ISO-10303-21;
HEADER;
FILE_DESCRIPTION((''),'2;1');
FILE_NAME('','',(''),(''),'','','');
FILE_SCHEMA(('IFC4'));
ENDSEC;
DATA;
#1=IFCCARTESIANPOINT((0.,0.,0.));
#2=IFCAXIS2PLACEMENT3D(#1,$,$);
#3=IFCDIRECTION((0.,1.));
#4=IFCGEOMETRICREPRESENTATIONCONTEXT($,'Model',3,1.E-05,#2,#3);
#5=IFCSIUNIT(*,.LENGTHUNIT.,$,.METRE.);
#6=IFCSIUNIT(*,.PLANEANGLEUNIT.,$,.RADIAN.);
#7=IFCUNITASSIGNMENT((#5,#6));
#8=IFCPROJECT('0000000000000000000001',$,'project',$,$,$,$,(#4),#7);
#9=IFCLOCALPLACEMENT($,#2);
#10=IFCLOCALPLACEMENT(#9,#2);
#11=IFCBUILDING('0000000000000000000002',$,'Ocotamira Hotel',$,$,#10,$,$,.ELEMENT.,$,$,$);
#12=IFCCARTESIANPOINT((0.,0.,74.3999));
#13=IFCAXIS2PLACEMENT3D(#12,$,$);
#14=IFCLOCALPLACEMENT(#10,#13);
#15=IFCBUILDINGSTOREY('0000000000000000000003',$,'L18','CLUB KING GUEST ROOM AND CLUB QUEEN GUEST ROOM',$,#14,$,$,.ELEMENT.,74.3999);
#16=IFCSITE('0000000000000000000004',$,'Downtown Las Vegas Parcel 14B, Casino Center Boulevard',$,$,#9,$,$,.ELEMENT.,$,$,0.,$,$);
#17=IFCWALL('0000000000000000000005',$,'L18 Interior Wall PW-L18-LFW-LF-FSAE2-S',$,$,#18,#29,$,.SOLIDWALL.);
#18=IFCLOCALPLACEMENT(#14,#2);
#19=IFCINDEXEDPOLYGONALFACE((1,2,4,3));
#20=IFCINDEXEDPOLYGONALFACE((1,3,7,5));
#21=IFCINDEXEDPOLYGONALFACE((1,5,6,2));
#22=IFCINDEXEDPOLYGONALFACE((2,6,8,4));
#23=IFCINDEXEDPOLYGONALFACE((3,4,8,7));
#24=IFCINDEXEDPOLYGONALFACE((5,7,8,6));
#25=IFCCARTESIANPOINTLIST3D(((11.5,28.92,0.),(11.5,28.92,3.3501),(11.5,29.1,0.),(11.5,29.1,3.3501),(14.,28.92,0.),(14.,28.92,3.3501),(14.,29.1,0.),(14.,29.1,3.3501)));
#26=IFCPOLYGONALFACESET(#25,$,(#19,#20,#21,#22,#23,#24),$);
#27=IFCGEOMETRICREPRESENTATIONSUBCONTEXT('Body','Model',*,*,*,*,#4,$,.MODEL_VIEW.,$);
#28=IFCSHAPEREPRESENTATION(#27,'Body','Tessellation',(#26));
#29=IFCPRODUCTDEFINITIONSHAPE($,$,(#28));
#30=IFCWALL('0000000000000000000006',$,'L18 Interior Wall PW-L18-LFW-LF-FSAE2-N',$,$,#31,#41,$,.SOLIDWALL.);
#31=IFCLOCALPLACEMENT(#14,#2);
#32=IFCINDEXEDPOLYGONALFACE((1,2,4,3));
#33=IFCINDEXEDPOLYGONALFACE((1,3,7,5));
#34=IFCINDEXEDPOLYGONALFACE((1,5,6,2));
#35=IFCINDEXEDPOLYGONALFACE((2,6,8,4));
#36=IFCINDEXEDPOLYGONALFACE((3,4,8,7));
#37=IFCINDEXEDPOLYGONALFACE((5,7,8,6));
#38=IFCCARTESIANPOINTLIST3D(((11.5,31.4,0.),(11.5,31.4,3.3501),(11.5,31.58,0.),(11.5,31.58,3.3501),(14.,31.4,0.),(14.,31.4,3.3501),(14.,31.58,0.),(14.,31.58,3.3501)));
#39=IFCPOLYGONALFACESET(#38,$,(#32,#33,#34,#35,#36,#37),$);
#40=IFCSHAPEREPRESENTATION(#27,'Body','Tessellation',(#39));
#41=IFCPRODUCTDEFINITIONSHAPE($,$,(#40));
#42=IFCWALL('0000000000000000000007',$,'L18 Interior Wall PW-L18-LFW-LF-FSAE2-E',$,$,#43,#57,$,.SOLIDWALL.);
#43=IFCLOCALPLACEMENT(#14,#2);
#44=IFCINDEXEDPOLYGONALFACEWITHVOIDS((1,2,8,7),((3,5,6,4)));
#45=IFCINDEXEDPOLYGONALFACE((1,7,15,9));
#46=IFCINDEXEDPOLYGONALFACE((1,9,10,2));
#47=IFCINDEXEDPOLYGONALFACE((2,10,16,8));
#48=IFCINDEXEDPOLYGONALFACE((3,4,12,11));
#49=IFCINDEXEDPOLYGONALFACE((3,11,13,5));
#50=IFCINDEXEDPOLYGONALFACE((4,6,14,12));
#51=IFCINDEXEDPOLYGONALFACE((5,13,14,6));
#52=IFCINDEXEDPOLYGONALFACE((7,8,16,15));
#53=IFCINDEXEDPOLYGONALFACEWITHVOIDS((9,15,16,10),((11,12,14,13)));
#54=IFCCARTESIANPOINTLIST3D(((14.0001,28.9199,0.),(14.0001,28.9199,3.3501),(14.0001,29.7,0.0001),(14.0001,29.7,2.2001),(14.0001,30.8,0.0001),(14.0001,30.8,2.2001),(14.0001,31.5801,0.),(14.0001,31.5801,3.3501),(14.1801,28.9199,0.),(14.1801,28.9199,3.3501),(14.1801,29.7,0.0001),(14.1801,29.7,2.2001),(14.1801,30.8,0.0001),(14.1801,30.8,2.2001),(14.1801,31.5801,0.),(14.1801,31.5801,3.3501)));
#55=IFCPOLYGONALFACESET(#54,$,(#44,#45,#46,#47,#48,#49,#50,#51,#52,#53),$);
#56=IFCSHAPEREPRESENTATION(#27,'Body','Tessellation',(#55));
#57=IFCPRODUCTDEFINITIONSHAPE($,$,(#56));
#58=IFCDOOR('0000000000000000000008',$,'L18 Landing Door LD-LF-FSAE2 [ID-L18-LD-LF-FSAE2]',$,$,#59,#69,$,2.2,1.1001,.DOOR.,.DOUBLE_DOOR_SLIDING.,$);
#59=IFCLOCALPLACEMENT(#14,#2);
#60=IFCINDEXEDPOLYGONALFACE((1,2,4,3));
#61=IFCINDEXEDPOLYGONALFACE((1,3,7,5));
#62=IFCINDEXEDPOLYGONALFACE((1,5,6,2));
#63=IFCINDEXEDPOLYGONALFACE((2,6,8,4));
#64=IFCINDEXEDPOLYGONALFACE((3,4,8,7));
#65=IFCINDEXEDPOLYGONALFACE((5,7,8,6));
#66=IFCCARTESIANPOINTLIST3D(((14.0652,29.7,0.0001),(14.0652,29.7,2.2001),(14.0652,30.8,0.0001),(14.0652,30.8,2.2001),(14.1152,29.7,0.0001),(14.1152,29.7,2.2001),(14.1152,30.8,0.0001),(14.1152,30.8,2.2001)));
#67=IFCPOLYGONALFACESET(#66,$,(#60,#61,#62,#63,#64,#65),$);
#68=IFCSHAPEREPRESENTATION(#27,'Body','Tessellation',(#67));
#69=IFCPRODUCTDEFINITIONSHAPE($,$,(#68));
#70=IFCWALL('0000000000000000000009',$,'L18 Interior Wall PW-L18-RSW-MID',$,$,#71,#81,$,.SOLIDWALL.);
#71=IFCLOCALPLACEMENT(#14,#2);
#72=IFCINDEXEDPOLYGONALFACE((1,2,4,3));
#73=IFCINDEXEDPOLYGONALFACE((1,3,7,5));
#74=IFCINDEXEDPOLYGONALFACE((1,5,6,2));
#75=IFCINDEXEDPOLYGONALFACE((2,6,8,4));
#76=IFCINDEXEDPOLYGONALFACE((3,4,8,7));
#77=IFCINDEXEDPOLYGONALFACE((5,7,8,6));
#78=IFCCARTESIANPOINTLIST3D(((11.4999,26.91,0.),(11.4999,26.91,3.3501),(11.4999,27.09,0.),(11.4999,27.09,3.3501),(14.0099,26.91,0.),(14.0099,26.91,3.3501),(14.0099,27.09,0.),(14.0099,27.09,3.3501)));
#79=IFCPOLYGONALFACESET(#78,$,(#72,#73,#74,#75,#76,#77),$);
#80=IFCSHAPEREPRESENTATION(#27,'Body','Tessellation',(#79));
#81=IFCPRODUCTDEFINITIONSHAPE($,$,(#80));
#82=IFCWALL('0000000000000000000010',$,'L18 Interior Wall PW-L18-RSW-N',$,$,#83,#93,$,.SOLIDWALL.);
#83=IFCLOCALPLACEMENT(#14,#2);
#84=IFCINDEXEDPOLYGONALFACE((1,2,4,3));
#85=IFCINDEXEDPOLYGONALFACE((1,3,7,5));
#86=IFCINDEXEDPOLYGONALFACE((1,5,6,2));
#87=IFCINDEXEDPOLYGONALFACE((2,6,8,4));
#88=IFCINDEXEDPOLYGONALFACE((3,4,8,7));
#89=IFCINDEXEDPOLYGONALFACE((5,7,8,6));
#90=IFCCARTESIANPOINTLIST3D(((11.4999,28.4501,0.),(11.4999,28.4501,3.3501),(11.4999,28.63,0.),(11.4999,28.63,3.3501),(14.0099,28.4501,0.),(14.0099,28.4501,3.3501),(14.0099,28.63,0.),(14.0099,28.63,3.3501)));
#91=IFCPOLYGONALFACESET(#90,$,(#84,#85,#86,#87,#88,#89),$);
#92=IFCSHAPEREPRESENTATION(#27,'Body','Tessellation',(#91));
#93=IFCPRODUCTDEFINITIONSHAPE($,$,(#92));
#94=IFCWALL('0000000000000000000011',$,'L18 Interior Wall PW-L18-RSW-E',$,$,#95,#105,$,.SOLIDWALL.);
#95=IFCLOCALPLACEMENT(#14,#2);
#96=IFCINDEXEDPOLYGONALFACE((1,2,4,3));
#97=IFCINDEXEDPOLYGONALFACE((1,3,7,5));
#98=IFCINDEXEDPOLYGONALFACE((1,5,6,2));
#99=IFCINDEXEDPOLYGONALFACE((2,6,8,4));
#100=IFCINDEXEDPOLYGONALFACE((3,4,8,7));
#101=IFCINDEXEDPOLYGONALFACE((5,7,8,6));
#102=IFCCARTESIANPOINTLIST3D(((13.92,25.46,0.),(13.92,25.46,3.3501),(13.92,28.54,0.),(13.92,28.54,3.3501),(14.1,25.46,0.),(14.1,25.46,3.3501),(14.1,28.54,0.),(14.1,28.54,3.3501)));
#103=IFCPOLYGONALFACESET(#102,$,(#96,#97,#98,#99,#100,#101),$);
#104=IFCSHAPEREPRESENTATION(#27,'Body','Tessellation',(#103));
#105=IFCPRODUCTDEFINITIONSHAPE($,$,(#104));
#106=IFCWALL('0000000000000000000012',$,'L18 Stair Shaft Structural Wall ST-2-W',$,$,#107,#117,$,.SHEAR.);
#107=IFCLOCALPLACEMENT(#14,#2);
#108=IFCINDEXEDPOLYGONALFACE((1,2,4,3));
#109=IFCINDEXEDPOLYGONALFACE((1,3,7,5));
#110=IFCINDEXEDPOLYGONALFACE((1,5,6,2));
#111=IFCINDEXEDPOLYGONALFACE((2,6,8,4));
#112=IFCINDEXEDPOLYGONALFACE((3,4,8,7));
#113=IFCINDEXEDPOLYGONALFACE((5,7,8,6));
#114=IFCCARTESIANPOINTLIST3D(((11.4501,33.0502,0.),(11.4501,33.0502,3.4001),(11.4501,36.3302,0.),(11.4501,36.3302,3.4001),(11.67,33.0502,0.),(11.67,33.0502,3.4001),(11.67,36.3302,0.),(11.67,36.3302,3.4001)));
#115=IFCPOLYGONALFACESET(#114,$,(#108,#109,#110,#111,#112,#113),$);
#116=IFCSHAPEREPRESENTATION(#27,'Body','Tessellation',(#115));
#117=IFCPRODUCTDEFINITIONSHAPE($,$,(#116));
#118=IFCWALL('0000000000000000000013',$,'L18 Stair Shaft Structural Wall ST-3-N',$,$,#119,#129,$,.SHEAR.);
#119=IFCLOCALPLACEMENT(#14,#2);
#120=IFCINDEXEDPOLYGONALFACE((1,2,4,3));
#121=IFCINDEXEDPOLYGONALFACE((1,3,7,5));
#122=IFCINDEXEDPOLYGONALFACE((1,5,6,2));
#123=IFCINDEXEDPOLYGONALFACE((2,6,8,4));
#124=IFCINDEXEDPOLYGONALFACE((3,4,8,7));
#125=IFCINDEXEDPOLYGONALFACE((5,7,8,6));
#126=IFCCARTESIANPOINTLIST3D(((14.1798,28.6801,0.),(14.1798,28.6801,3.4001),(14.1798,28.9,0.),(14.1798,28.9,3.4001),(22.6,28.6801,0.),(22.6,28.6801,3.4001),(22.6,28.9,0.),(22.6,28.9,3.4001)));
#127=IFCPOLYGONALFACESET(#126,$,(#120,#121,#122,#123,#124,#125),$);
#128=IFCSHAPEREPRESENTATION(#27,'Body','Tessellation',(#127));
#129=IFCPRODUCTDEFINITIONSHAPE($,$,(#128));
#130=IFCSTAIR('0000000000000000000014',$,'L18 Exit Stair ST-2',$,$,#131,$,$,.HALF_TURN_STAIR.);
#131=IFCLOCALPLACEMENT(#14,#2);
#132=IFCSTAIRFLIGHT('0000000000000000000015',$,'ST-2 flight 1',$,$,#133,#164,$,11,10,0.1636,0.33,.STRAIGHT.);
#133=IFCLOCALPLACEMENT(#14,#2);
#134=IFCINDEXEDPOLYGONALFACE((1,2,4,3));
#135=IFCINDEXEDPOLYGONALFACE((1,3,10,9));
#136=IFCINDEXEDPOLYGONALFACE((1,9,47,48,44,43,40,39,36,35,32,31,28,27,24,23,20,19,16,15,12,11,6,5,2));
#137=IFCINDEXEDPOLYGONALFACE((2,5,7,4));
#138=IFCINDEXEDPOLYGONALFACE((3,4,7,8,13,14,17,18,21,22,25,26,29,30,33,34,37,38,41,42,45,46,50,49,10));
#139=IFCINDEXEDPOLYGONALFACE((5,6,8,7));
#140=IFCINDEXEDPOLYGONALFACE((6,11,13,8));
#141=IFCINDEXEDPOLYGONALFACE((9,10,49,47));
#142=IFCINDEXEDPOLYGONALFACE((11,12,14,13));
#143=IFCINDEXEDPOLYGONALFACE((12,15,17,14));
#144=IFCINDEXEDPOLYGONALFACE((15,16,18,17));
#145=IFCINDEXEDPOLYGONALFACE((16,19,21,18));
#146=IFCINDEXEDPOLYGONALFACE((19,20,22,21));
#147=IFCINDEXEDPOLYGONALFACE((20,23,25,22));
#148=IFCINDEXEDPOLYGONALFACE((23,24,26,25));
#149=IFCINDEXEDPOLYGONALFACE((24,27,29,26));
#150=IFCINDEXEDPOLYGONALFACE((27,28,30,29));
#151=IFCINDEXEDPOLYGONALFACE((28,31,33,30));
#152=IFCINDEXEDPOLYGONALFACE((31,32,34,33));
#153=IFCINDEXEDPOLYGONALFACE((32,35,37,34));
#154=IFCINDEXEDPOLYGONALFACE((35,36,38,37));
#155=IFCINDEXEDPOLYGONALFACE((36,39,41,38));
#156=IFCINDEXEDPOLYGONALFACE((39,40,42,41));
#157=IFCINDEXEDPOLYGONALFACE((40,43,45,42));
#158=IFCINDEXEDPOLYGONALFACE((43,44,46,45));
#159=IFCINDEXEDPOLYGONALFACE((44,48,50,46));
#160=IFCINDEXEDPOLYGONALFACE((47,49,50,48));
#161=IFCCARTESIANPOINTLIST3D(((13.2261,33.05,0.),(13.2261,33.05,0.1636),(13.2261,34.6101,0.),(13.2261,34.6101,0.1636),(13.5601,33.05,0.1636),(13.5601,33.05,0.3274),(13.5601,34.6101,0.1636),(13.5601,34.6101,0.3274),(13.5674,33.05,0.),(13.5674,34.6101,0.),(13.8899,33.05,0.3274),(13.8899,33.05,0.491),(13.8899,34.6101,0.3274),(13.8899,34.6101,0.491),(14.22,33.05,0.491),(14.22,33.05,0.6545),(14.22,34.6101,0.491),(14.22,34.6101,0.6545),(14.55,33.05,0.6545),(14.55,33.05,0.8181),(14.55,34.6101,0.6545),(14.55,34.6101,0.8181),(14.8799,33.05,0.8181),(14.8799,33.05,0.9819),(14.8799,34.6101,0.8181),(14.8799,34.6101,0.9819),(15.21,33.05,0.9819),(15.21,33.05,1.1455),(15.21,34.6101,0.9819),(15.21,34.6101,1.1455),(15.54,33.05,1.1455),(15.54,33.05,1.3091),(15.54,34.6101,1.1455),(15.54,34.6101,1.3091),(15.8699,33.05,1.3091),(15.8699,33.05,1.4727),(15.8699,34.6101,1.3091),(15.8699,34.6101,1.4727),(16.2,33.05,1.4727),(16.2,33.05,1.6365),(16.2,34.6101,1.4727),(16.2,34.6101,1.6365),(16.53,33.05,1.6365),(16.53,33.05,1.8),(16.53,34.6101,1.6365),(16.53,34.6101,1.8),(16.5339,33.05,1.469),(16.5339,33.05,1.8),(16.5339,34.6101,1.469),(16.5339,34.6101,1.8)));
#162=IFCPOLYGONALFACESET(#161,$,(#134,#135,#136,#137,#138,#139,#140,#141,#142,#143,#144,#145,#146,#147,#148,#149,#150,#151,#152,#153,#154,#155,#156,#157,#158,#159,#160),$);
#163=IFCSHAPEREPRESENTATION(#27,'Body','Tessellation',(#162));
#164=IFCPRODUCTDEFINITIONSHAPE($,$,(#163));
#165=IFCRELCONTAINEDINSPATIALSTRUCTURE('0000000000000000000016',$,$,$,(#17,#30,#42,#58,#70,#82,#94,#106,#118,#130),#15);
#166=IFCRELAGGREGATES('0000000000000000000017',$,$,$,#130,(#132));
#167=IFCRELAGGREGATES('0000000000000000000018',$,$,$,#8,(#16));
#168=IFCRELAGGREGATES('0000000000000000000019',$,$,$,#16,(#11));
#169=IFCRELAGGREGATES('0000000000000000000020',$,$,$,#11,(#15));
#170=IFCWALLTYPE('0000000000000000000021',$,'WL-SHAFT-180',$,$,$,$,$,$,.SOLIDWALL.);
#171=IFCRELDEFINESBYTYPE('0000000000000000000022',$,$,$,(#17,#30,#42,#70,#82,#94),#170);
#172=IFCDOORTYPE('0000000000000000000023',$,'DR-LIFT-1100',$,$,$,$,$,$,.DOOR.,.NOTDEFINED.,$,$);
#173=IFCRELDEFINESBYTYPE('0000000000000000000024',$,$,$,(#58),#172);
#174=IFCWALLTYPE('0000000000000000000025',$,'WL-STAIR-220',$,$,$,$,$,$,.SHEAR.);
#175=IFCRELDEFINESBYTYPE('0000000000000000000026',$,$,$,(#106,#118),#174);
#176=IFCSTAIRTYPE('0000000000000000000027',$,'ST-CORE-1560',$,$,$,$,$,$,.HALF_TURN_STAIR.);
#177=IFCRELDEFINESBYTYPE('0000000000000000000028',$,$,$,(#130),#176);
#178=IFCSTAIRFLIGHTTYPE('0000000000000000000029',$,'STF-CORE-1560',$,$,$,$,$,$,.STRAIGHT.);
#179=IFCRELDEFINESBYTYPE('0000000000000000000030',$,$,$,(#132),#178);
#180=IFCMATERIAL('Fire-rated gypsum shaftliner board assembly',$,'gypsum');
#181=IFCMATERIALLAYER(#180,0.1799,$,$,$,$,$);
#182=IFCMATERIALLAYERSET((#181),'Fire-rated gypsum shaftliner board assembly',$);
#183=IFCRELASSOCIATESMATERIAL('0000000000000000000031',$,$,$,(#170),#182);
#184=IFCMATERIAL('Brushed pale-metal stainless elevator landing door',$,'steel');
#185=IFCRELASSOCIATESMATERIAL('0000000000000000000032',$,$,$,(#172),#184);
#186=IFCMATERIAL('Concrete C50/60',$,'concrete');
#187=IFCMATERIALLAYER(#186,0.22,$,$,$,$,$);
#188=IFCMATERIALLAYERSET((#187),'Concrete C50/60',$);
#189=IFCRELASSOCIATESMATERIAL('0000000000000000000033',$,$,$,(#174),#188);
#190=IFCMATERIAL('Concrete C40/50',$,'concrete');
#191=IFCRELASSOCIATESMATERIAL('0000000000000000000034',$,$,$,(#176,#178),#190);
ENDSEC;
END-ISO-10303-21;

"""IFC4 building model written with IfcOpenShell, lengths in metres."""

from ifc_helpers import new_model, si_unit, direction, frame, frame_2d, origin, place, context, subcontext, project, spatial, polyline, rectangle, outline, extrude, source, transform, mapped, material, layer, layer_set, type_object, element, fill, aggregate, save


model = new_model("IFC4")

# Units and contexts
model_context = context("Model", 3, precision=1e-05, world=origin(), true_north=direction((0.0, 1.0)))
body_context = subcontext(model_context, "Body", "Model", "MODEL_VIEW")
ifc_project = project(units=[si_unit("LENGTHUNIT", "METRE"), si_unit("PLANEANGLEUNIT", "RADIAN")], contexts=[model_context])

# Site, building, storey
site_placement = place(None, origin())
site = spatial("IfcSite", under=ifc_project, at=site_placement, Name="Downtown Las Vegas Parcel 14B, Casino Center Boulevard", CompositionType="ELEMENT", RefElevation=0.0)
building_placement = place(site_placement, origin())
building = spatial("IfcBuilding", under=site, at=building_placement, Name="Ocotamira Hotel", CompositionType="ELEMENT")
storey_placement = place(building_placement, frame((0.0, 0.0, 74.3999)))
storey = spatial("IfcBuildingStorey", under=building, at=storey_placement, Name="L18", Description="CLUB KING GUEST ROOM AND CLUB QUEEN GUEST ROOM", CompositionType="ELEMENT", Elevation=74.3999)

# Walls
ifc_material_1 = material(Name="Fire-rated gypsum shaftliner board assembly", Category="gypsum")
ifc_layer_1 = layer(ifc_material_1, 0.1799)
ifc_layer_set_1 = layer_set([ifc_layer_1], Name="Fire-rated gypsum shaftliner board assembly")
wall_type_1 = type_object("IfcWallType", Name="WL-SHAFT-180", PredefinedType="SOLIDWALL", material=ifc_layer_set_1)
for number, where, z_axis, x_axis, name in (
    (1, (11.5, 29.01, 0.0), (0.0, 0.0, 1.0), (1.0, 0.0, 0.0), "L18 Interior Wall PW-L18-LFW-LF-FSAE2-S"),
    (2, (11.5, 31.49, 0.0), (0.0, 0.0, 1.0), (1.0, 0.0, 0.0), "L18 Interior Wall PW-L18-LFW-LF-FSAE2-N"),
):
    element("IfcWall", number, at=place(storey_placement, frame(where, z_axis=z_axis, x_axis=x_axis)), inside=storey, type_object=wall_type_1, Name=name, PredefinedType="SOLIDWALL", context=body_context, shape_type="SweptSolid", body=[
        extrude(rectangle(XDim=2.5, YDim=0.1799, at=frame_2d((1.25, 0.0))), origin(), (0.0, 0.0, 1.0), 3.3501),
    ])

# Wall, opening, door
wall_1_placement = place(storey_placement, frame((14.0901, 28.9199, 0.0), z_axis=(0.0, 0.0, 1.0), x_axis=(0.0, 1.0, 0.0)))
wall_1 = element("IfcWall", 3, at=wall_1_placement, inside=storey, type_object=wall_type_1, Name="L18 Interior Wall PW-L18-LFW-LF-FSAE2-E", PredefinedType="SOLIDWALL", context=body_context, shape_type="SweptSolid", body=[
    extrude(rectangle(XDim=2.6602, YDim=0.1799, at=frame_2d((1.3301, 0.0))), origin(), (0.0, 0.0, 1.0), 3.3501),
])
opening_placement = place(wall_1_placement, frame((0.78, 0.0, 0.0)))
opening = element("IfcOpeningElement", 4, at=opening_placement, cuts=wall_1, PredefinedType="OPENING", context=body_context, shape_type="SweptSolid", body=[
    extrude(rectangle(XDim=1.1001, YDim=2.2, at=frame_2d((0.55, 1.1001))), frame((0.0, 0.1001, 0.0), z_axis=(0.0, -1.0, 0.0), x_axis=(1.0, 0.0, 0.0)), (0.0, 0.0, 1.0), 0.2),
])
ifc_material_2 = material(Name="Brushed pale-metal stainless elevator landing door", Category="steel")
door_type = type_object("IfcDoorType", Name="DR-LIFT-1100", OperationType="NOTDEFINED", PredefinedType="DOOR", material=ifc_material_2)
shared_shape_1 = source(origin(), body_context, "Body", "SweptSolid", [
    extrude(rectangle(XDim=1.1001, YDim=2.2, at=frame_2d((0.55, 1.1001))), frame((0.0, 0.0249, 0.0), z_axis=(0.0, -1.0, 0.0), x_axis=(1.0, 0.0, 0.0)), (0.0, 0.0, 1.0), 0.05),
])
door_placement = place(opening_placement, origin())
door = element("IfcDoor", 5, at=door_placement, inside=storey, type_object=door_type, Name="L18 Landing Door LD-LF-FSAE2 [ID-L18-LD-LF-FSAE2]", OperationType="DOUBLE_DOOR_SLIDING", OverallHeight=2.2, OverallWidth=1.1001, PredefinedType="DOOR", context=body_context, shape_type="MappedRepresentation", body=[
    mapped(shared_shape_1, transform((0.0, 0.0, 0.0), scale=1.0)),
])
fill(opening, door)

# Walls
for number, where, z_axis, x_axis, name in (
    (6, (11.5, 27.0, 0.0), (0.0, 0.0, 1.0), (1.0, 0.0, 0.0), "L18 Interior Wall PW-L18-RSW-MID"),
    (7, (11.5, 28.54, 0.0), (0.0, 0.0, 1.0), (1.0, 0.0, 0.0), "L18 Interior Wall PW-L18-RSW-N"),
):
    element("IfcWall", number, at=place(storey_placement, frame(where, z_axis=z_axis, x_axis=x_axis)), inside=storey, type_object=wall_type_1, Name=name, PredefinedType="SOLIDWALL", context=body_context, shape_type="SweptSolid", body=[
        extrude(rectangle(XDim=2.51, YDim=0.1799, at=frame_2d((1.2549, 0.0))), origin(), (0.0, 0.0, 1.0), 3.3501),
    ])
wall_2_placement = place(storey_placement, frame((14.01, 25.46, 0.0), z_axis=(0.0, 0.0, 1.0), x_axis=(0.0, 1.0, 0.0)))
element("IfcWall", 8, at=wall_2_placement, inside=storey, type_object=wall_type_1, Name="L18 Interior Wall PW-L18-RSW-E", PredefinedType="SOLIDWALL", context=body_context, shape_type="SweptSolid", body=[
    extrude(rectangle(XDim=3.0801, YDim=0.1799, at=frame_2d((1.54, 0.0))), origin(), (0.0, 0.0, 1.0), 3.3501),
])
ifc_material_3 = material(Name="Concrete C50/60", Category="concrete")
ifc_layer_2 = layer(ifc_material_3, 0.22)
ifc_layer_set_2 = layer_set([ifc_layer_2], Name="Concrete C50/60")
wall_type_2 = type_object("IfcWallType", Name="WL-STAIR-220", PredefinedType="SHEAR", material=ifc_layer_set_2)
wall_3_placement = place(storey_placement, frame((11.5601, 33.05, 0.0), z_axis=(0.0, 0.0, 1.0), x_axis=(0.0, 1.0, 0.0)))
element("IfcWall", 9, at=wall_3_placement, inside=storey, type_object=wall_type_2, Name="L18 Stair Shaft Structural Wall ST-2-W", PredefinedType="SHEAR", context=body_context, shape_type="SweptSolid", body=[
    extrude(rectangle(XDim=3.28, YDim=0.22, at=frame_2d((1.6401, 0.0))), origin(), (0.0, 0.0, 1.0), 3.4001),
])
wall_4_placement = place(storey_placement, frame((14.1799, 28.79, 0.0), z_axis=(0.0, 0.0, 1.0), x_axis=(1.0, 0.0, 0.0)))
element("IfcWall", 10, at=wall_4_placement, inside=storey, type_object=wall_type_2, Name="L18 Stair Shaft Structural Wall ST-3-N", PredefinedType="SHEAR", context=body_context, shape_type="SweptSolid", body=[
    extrude(rectangle(XDim=8.4202, YDim=0.22, at=frame_2d((4.21, 0.0))), origin(), (0.0, 0.0, 1.0), 3.4001),
])

# Stair, stair flight
ifc_material_4 = material(Name="Concrete C40/50", Category="concrete")
stair_type = type_object("IfcStairType", Name="ST-CORE-1560", PredefinedType="HALF_TURN_STAIR", material=ifc_material_4)
stair_1_placement = place(storey_placement, origin())
stair_1 = element("IfcStair", 11, at=stair_1_placement, inside=storey, type_object=stair_type, Name="L18 Exit Stair ST-2", PredefinedType="HALF_TURN_STAIR")
stair_flight_type = type_object("IfcStairFlightType", Name="STF-CORE-1560", PredefinedType="STRAIGHT", material=ifc_material_4)
shared_shape_2 = source(origin(), body_context, "Body", "SweptSolid", [
    extrude(outline(polyline([(-0.0039, 0.0), (-0.0039, 0.1636), (0.3301, 0.1636), (0.3301, 0.3274), (0.6599, 0.3274), (0.6599, 0.491), (0.99, 0.491), (0.99, 0.6545), (1.3201, 0.6545), (1.3201, 0.8181), (1.6499, 0.8181), (1.6499, 0.9819), (1.98, 0.9819), (1.98, 1.1455), (2.3101, 1.1455), (2.3101, 1.3091), (2.6399, 1.3091), (2.6399, 1.4727), (2.97, 1.4727), (2.97, 1.6365), (3.3, 1.6365), (3.3, 1.8), (3.304, 1.8), (3.304, 1.469), (0.3374, 0.0), (-0.0039, 0.0)])), frame((0.0, 0.78, 0.0), z_axis=(0.0, -1.0, 0.0), x_axis=(1.0, 0.0, 0.0)), (0.0, 0.0, 1.0), 1.5601),
])
stair_flight_1_placement = place(storey_placement, frame((13.23, 33.8301, 0.0), z_axis=(0.0, 0.0, 1.0), x_axis=(1.0, 0.0, 0.0)))
stair_flight_1 = element("IfcStairFlight", 12, at=stair_flight_1_placement, type_object=stair_flight_type, Name="ST-2 flight 1", NumberOfRisers=11, NumberOfTreads=10, PredefinedType="STRAIGHT", RiserHeight=0.1636, TreadLength=0.33, context=body_context, shape_type="MappedRepresentation", body=[
    mapped(shared_shape_2, transform((0.0, 0.0, 0.0), scale=1.0)),
])
aggregate(stair_1, [stair_flight_1])

save(model, "model.ifc")
